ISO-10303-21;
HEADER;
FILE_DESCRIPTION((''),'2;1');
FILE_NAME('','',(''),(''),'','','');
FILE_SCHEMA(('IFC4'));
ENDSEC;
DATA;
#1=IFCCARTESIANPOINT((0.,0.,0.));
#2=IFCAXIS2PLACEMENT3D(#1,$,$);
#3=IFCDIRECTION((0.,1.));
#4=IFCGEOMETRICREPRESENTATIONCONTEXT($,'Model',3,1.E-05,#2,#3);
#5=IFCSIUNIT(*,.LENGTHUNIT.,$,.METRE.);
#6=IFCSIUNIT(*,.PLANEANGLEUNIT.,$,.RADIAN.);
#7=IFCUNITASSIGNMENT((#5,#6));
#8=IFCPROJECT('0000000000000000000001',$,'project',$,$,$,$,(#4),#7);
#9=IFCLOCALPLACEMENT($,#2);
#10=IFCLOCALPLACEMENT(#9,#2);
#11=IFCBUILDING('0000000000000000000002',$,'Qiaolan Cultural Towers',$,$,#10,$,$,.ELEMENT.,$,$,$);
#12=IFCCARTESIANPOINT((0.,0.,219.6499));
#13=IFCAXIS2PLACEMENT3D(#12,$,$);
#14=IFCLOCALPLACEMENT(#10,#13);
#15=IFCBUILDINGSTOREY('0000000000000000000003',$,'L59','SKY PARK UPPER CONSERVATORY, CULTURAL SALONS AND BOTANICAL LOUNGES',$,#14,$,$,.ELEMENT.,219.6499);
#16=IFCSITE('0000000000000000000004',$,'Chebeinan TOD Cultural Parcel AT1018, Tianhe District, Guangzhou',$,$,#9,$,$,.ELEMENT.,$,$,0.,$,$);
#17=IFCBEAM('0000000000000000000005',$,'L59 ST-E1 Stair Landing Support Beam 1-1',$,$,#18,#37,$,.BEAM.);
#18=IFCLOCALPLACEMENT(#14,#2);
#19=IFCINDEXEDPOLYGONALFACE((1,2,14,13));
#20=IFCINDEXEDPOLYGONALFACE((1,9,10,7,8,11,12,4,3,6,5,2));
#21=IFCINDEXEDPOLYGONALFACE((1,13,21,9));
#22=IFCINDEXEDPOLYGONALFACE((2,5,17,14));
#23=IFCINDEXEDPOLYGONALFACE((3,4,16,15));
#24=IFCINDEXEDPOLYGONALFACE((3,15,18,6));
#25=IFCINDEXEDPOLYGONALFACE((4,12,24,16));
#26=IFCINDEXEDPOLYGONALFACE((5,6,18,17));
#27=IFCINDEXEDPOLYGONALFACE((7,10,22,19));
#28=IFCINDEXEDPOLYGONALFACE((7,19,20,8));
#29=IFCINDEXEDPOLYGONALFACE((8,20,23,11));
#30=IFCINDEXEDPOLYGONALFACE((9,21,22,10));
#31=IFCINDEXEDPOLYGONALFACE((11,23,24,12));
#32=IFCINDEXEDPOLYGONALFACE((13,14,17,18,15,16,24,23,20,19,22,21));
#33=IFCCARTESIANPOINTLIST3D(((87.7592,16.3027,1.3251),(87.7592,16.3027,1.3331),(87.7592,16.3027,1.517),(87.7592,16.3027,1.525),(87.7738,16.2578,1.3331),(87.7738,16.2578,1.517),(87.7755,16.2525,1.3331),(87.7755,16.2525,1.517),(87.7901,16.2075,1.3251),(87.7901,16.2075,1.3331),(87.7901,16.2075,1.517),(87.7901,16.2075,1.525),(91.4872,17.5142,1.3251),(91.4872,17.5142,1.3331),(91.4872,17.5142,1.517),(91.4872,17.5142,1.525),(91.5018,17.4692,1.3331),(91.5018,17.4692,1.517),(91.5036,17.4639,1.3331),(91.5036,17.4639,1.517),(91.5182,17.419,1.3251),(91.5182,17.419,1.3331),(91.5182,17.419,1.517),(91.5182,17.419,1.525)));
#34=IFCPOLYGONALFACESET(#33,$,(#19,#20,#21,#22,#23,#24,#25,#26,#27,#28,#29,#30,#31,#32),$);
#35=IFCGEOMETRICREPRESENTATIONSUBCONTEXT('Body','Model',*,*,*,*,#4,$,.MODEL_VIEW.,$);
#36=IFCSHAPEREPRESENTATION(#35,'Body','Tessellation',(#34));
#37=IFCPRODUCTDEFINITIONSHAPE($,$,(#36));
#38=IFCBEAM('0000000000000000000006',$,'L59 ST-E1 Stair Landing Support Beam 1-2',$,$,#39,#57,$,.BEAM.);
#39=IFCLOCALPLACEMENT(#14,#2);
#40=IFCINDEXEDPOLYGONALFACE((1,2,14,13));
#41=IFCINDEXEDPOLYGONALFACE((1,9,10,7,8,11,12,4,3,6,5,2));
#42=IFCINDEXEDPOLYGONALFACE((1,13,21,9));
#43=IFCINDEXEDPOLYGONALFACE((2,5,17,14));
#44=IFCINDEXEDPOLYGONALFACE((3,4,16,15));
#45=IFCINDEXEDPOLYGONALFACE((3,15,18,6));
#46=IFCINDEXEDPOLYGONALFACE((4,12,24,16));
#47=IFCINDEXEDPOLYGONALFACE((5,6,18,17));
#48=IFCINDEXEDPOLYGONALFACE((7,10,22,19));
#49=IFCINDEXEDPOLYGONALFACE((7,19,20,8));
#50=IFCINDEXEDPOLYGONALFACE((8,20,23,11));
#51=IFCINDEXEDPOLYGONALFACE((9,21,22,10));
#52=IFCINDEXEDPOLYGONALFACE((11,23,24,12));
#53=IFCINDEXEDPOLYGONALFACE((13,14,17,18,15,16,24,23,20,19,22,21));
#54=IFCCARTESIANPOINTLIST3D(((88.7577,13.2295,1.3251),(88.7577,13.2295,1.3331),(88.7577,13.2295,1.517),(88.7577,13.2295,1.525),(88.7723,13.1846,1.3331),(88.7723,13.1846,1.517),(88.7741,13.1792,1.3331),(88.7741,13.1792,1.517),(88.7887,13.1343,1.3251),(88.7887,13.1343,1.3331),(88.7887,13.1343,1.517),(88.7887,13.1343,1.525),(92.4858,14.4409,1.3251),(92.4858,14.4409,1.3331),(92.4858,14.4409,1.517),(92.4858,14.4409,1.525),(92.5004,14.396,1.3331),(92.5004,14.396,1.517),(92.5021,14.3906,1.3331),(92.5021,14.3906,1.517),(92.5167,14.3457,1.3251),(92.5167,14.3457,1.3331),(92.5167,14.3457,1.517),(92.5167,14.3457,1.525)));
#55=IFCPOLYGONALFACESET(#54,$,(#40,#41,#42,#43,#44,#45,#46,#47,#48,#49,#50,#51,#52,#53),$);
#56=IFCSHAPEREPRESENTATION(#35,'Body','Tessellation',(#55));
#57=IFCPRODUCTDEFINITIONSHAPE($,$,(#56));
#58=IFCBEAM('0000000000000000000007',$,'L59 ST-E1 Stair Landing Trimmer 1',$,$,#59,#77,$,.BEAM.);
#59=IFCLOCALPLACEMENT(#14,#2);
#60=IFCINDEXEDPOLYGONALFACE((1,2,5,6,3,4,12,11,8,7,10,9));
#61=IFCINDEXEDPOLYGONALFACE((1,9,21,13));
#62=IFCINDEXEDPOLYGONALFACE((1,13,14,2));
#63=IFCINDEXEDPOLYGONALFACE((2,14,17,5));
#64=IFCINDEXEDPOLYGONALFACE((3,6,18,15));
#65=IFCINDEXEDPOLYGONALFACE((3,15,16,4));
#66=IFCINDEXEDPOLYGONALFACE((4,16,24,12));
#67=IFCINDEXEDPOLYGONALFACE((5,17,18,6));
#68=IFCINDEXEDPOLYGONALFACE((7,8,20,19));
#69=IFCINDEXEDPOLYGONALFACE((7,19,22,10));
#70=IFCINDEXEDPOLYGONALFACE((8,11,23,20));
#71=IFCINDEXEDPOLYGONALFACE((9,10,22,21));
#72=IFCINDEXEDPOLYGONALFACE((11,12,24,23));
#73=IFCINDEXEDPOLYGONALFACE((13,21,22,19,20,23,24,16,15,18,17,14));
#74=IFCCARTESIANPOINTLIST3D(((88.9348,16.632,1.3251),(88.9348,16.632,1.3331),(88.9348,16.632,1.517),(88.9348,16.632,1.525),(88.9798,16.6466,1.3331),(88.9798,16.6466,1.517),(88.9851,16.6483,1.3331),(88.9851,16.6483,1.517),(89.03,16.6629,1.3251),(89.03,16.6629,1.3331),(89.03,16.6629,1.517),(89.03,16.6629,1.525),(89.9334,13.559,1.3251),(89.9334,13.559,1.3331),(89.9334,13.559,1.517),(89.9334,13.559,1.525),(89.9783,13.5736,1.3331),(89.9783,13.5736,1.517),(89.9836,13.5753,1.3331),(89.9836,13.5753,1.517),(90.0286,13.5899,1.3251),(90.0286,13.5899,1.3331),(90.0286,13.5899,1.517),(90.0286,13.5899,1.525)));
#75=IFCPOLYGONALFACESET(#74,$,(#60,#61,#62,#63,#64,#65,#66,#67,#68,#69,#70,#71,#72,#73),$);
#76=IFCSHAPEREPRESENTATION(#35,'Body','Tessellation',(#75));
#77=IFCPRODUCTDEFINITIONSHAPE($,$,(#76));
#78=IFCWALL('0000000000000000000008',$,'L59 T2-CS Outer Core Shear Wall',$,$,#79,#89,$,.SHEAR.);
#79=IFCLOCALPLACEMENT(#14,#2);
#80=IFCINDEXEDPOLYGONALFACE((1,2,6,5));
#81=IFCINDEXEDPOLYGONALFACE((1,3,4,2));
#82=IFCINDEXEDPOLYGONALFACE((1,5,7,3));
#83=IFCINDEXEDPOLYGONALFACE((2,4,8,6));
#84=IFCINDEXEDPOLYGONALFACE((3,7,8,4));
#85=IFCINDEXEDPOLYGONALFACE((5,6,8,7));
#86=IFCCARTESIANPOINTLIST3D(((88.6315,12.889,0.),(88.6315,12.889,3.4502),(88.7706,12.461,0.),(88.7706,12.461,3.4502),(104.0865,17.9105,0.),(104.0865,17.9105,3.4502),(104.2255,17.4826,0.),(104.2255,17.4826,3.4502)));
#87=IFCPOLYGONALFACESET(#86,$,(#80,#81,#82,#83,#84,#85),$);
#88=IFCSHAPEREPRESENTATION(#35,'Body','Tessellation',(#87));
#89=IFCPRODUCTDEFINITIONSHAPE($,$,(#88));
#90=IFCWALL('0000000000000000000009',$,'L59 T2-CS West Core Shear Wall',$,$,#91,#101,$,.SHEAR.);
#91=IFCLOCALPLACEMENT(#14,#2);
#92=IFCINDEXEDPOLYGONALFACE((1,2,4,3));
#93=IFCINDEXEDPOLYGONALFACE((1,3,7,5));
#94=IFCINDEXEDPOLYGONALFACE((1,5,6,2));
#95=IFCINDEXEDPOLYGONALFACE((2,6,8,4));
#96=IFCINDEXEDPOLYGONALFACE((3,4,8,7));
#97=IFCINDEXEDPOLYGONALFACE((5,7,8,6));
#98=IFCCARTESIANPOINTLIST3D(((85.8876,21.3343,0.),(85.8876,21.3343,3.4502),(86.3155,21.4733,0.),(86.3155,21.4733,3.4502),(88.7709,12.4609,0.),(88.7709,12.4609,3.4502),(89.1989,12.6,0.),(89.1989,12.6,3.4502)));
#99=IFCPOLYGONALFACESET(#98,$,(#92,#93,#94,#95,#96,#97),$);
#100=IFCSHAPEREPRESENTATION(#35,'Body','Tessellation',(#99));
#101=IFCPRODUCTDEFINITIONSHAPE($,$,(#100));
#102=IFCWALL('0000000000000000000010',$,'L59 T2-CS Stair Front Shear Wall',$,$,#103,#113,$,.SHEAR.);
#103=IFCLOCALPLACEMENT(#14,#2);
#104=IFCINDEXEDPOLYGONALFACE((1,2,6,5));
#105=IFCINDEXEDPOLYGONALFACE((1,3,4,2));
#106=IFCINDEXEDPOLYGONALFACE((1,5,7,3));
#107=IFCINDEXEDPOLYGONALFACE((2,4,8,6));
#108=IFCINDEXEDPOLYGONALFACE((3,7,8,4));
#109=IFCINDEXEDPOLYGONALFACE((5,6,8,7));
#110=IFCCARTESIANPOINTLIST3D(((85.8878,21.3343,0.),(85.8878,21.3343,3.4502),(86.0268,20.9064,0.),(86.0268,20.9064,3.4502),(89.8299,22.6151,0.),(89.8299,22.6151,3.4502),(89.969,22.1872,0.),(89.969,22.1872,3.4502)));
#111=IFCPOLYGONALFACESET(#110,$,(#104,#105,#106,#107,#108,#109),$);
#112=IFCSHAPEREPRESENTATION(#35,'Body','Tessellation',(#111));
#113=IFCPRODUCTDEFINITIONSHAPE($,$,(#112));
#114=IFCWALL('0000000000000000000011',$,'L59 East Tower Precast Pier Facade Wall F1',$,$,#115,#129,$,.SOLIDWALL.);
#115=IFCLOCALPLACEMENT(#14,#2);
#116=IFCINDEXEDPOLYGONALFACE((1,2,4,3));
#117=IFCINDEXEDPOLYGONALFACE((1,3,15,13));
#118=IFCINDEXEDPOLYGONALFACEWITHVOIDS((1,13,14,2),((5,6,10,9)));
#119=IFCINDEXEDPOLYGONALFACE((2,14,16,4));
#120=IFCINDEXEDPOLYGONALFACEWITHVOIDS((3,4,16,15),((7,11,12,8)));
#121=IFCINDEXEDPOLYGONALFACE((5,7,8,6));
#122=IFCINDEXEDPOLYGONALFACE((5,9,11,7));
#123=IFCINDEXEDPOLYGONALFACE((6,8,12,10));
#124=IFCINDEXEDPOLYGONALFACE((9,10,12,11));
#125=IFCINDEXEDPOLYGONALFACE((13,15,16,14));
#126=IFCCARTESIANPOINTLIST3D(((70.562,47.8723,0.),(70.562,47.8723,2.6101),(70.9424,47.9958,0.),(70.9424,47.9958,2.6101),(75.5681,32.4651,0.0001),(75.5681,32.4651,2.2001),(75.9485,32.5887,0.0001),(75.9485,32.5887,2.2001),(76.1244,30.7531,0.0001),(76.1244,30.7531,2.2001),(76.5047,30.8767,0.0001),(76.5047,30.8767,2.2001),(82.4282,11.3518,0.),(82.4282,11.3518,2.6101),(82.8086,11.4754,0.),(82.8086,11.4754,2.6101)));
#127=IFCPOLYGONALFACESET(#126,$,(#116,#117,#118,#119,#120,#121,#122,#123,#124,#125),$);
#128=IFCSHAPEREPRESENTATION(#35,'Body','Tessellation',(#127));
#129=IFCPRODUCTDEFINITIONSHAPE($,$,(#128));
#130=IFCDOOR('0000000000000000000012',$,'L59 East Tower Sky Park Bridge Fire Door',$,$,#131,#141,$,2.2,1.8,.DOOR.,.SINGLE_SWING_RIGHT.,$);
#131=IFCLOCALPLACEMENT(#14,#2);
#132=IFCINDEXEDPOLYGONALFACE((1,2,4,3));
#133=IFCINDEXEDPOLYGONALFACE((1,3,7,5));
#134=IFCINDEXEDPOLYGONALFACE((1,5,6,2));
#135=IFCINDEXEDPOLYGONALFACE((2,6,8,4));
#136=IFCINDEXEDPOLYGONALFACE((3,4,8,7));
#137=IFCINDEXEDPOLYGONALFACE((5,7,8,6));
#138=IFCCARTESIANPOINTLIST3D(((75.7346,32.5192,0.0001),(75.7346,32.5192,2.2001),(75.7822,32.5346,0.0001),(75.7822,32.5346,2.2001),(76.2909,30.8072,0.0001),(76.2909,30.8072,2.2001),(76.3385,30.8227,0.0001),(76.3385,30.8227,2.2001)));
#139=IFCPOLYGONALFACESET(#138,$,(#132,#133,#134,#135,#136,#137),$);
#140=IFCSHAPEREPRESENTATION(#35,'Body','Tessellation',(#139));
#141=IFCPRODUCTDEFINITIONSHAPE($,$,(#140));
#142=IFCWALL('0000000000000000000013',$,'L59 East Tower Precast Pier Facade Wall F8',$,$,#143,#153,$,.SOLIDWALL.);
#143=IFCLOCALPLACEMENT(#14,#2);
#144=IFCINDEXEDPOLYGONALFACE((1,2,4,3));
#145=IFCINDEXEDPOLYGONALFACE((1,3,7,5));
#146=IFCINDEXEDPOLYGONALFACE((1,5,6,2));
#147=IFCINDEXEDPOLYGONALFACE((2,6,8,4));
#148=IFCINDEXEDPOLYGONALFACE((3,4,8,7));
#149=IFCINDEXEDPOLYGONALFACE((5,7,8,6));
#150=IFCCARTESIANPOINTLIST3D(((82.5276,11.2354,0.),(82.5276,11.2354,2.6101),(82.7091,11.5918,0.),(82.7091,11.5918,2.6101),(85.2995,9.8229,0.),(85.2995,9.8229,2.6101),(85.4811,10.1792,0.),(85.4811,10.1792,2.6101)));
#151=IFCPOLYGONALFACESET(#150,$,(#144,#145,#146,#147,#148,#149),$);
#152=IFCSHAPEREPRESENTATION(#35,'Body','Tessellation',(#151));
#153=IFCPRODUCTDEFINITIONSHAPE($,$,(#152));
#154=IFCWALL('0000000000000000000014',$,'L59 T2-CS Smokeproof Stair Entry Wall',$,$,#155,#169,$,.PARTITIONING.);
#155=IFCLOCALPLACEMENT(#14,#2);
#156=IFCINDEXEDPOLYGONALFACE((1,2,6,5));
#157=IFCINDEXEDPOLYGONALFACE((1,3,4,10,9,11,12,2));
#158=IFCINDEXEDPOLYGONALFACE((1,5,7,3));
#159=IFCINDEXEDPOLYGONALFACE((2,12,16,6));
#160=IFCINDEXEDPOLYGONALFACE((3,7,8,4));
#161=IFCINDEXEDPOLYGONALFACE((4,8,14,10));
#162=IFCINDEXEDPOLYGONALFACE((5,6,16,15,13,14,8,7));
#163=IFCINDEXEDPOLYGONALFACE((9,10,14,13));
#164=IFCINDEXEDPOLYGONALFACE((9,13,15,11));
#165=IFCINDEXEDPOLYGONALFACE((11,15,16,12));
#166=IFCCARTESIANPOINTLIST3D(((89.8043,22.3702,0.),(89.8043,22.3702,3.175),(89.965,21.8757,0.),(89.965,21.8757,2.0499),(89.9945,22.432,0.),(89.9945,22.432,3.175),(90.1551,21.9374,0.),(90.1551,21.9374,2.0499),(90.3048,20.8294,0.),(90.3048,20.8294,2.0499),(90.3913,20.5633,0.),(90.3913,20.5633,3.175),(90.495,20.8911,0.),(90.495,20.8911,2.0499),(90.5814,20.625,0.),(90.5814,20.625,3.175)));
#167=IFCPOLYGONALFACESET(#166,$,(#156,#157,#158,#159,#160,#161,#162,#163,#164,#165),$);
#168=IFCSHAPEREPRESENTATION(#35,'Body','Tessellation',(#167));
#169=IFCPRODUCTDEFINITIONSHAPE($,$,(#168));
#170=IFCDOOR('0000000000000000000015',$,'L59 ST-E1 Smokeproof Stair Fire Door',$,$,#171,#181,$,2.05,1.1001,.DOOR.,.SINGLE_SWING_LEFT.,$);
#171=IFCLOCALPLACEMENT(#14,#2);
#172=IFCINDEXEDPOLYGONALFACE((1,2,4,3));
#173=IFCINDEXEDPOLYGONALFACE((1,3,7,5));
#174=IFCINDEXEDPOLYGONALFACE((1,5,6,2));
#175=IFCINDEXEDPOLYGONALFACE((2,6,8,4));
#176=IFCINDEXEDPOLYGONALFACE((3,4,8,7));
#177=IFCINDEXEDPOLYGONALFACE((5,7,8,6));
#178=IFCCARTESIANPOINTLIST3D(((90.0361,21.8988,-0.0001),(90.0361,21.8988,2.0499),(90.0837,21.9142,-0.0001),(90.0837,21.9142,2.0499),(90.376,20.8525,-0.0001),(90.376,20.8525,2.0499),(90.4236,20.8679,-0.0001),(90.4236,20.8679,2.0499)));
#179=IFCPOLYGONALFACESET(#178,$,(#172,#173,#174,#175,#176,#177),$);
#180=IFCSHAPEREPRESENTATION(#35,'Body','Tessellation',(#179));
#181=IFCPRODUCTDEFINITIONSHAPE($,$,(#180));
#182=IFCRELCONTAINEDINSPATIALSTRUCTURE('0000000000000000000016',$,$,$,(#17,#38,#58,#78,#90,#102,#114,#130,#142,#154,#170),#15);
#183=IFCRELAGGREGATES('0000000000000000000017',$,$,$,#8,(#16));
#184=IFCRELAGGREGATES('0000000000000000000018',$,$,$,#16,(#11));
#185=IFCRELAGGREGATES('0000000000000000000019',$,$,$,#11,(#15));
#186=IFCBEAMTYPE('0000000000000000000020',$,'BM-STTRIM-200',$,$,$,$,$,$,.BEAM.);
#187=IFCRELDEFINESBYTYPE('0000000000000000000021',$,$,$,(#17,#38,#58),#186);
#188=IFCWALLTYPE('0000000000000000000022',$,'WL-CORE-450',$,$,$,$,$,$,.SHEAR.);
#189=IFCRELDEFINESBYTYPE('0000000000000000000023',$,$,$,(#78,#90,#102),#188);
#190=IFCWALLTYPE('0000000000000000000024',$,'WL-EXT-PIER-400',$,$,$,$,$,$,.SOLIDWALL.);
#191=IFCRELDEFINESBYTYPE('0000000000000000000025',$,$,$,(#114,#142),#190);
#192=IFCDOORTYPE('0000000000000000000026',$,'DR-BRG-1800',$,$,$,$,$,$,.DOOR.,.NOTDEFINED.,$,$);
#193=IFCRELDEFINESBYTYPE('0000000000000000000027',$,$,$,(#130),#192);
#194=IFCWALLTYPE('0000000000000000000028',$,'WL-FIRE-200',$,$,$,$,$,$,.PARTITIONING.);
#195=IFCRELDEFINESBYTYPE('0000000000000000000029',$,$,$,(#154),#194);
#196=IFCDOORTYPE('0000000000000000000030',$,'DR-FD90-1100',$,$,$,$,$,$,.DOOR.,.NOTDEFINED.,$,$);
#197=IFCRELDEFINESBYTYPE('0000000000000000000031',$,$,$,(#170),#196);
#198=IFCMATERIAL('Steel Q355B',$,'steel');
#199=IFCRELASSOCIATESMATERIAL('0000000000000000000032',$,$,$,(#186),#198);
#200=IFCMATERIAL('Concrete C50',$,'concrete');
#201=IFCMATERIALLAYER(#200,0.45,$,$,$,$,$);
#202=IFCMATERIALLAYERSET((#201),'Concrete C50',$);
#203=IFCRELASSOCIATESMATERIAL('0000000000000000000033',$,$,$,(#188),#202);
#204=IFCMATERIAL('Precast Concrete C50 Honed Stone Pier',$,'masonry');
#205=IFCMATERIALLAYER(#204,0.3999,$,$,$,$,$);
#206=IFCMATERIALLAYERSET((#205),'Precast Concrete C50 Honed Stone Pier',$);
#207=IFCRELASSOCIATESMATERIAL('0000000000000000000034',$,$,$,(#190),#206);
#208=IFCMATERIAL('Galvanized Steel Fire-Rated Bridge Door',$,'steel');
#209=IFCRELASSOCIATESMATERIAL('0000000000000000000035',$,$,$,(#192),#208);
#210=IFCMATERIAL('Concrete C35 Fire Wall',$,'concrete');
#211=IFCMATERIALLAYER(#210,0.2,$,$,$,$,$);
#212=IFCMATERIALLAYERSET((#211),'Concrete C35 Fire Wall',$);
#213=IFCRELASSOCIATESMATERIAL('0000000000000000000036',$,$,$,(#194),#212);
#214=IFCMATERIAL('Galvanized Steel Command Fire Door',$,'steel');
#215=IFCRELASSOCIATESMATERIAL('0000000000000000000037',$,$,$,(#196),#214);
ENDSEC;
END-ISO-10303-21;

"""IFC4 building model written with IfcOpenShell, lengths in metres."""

from ifc_helpers import new_model, si_unit, direction, frame, frame_2d, origin, origin_2d, place, context, subcontext, project, spatial, rectangle, i_section, extrude, material, layer, layer_set, material_profile, profile_set, type_object, element, fill, save


model = new_model("IFC4")

# Units and contexts
model_context = context("Model", 3, precision=1e-05, world=origin(), true_north=direction((0.0, 1.0)))
body_context = subcontext(model_context, "Body", "Model", "MODEL_VIEW")
ifc_project = project(units=[si_unit("LENGTHUNIT", "METRE"), si_unit("PLANEANGLEUNIT", "RADIAN")], contexts=[model_context])

# Site, building, storey
site_placement = place(None, origin())
site = spatial("IfcSite", under=ifc_project, at=site_placement, Name="Chebeinan TOD Cultural Parcel AT1018, Tianhe District, Guangzhou", CompositionType="ELEMENT", RefElevation=0.0)
building_placement = place(site_placement, origin())
building = spatial("IfcBuilding", under=site, at=building_placement, Name="Qiaolan Cultural Towers", CompositionType="ELEMENT")
storey_placement = place(building_placement, frame((0.0, 0.0, 219.6499)))
storey = spatial("IfcBuildingStorey", under=building, at=storey_placement, Name="L59", Description="SKY PARK UPPER CONSERVATORY, CULTURAL SALONS AND BOTANICAL LOUNGES", CompositionType="ELEMENT", Elevation=219.6499)

# Beams
ifc_material_1 = material(Name="Steel Q355B", Category="steel")
ifc_material_profile_1 = material_profile(ifc_material_1, i_section(OverallWidth=0.1001, OverallDepth=0.2, WebThickness=0.0056, FlangeThickness=0.0081, at=origin_2d()), Name="HN200x100x5.5x8")
ifc_profile_set_1 = profile_set([ifc_material_profile_1], Name="Steel Q355B")
beam_type_1 = type_object("IfcBeamType", Name="BM-STTRIM-200", PredefinedType="BEAM", material=ifc_profile_set_1)
for number, where, z_axis, x_axis, name in (
    (1, (87.7747, 16.2551, 1.425), (0.951048, 0.309044, 0.0), (-0.309044, 0.951048, 0.0), "L59 ST-E1 Stair Landing Support Beam 1-1"),
    (2, (88.7732, 13.1819, 1.425), (0.951048, 0.309044, 0.0), (-0.309044, 0.951048, 0.0), "L59 ST-E1 Stair Landing Support Beam 1-2"),
):
    element("IfcBeam", number, at=place(storey_placement, frame(where, z_axis=z_axis, x_axis=x_axis)), inside=storey, type_object=beam_type_1, Name=name, PredefinedType="BEAM", context=body_context, shape_type="SweptSolid", body=[
        extrude(i_section(OverallWidth=0.1001, OverallDepth=0.2, WebThickness=0.0056, FlangeThickness=0.0081, at=origin_2d()), origin(), (0.0, 0.0, 1.0), 3.9199),
    ])
beam_1_placement = place(storey_placement, frame((88.9824, 16.6475, 1.425), z_axis=(0.309033, -0.951051, 0.0), x_axis=(0.951051, 0.309033, 0.0)))
element("IfcBeam", 3, at=beam_1_placement, inside=storey, type_object=beam_type_1, Name="L59 ST-E1 Stair Landing Trimmer 1", PredefinedType="BEAM", context=body_context, shape_type="SweptSolid", body=[
    extrude(i_section(OverallWidth=0.1001, OverallDepth=0.2, WebThickness=0.0056, FlangeThickness=0.0081, at=origin_2d()), origin(), (0.0, 0.0, 1.0), 3.2312),
])

# Walls
ifc_material_2 = material(Name="Concrete C50", Category="concrete")
ifc_layer_1 = layer(ifc_material_2, 0.45)
ifc_layer_set_1 = layer_set([ifc_layer_1], Name="Concrete C50")
wall_type_1 = type_object("IfcWallType", Name="WL-CORE-450", PredefinedType="SHEAR", material=ifc_layer_set_1)
wall_1_placement = place(storey_placement, frame((88.7012, 12.675, 0.0), z_axis=(0.0, 0.0, 1.0), x_axis=(0.951058, 0.309012, 0.0)))
element("IfcWall", 4, at=wall_1_placement, inside=storey, type_object=wall_type_1, Name="L59 T2-CS Outer Core Shear Wall", PredefinedType="SHEAR", context=body_context, shape_type="SweptSolid", body=[
    extrude(rectangle(XDim=16.2502, YDim=0.45, at=frame_2d((8.125, 0.0))), origin(), (0.0, 0.0, 1.0), 3.4502),
])
wall_2_placement = place(storey_placement, frame((86.1016, 21.4038, 0.0), z_axis=(0.0, 0.0, 1.0), x_axis=(0.309036, -0.95105, 0.0)))
element("IfcWall", 5, at=wall_2_placement, inside=storey, type_object=wall_type_1, Name="L59 T2-CS West Core Shear Wall", PredefinedType="SHEAR", context=body_context, shape_type="SweptSolid", body=[
    extrude(rectangle(XDim=9.3301, YDim=0.45, at=frame_2d((4.665, 0.0))), origin(), (0.0, 0.0, 1.0), 3.4502),
])
wall_3_placement = place(storey_placement, frame((85.9573, 21.1204, 0.0), z_axis=(0.0, 0.0, 1.0), x_axis=(0.951065, 0.308992, 0.0)))
element("IfcWall", 6, at=wall_3_placement, inside=storey, type_object=wall_type_1, Name="L59 T2-CS Stair Front Shear Wall", PredefinedType="SHEAR", context=body_context, shape_type="SweptSolid", body=[
    extrude(rectangle(XDim=4.145, YDim=0.45, at=frame_2d((2.0725, 0.0))), origin(), (0.0, 0.0, 1.0), 3.4502),
])

# Wall, opening, door
ifc_material_3 = material(Name="Precast Concrete C50 Honed Stone Pier", Category="masonry")
ifc_layer_2 = layer(ifc_material_3, 0.3999)
ifc_layer_set_2 = layer_set([ifc_layer_2], Name="Precast Concrete C50 Honed Stone Pier")
wall_type_2 = type_object("IfcWallType", Name="WL-EXT-PIER-400", PredefinedType="SOLIDWALL", material=ifc_layer_set_2)
wall_4_placement = place(storey_placement, frame((82.6184, 11.4136, 0.0), z_axis=(0.0, 0.0, 1.0), x_axis=(-0.309016, 0.951057, 0.0)))
wall_4 = element("IfcWall", 7, at=wall_4_placement, inside=storey, type_object=wall_type_2, Name="L59 East Tower Precast Pier Facade Wall F1", PredefinedType="SOLIDWALL", context=body_context, shape_type="SweptSolid", body=[
    extrude(rectangle(XDim=38.3999, YDim=0.3999, at=frame_2d((19.2, 0.0))), origin(), (0.0, 0.0, 1.0), 2.6101),
])
opening_1_placement = place(wall_4_placement, frame((20.3999, 0.0, 0.0)))
opening_1 = element("IfcOpeningElement", 8, at=opening_1_placement, cuts=wall_4, PredefinedType="OPENING", context=body_context, shape_type="SweptSolid", body=[
    extrude(rectangle(XDim=1.8, YDim=2.2, at=frame_2d((0.8999, 1.1001))), frame((0.0, 0.21, 0.0), z_axis=(0.0, -1.0, 0.0), x_axis=(1.0, 0.0, 0.0)), (0.0, 0.0, 1.0), 0.4199),
])
ifc_material_4 = material(Name="Galvanized Steel Fire-Rated Bridge Door", Category="steel")
door_type_1 = type_object("IfcDoorType", Name="DR-BRG-1800", OperationType="NOTDEFINED", PredefinedType="DOOR", material=ifc_material_4)
door_1_placement = place(opening_1_placement, origin())
door_1 = element("IfcDoor", 9, at=door_1_placement, inside=storey, type_object=door_type_1, Name="L59 East Tower Sky Park Bridge Fire Door", OperationType="SINGLE_SWING_RIGHT", OverallHeight=2.2, OverallWidth=1.8, PredefinedType="DOOR", context=body_context, shape_type="SweptSolid", body=[
    extrude(rectangle(XDim=1.8, YDim=2.2, at=frame_2d((0.8999, 1.1001))), frame((0.0, 0.0249, 0.0), z_axis=(0.0, -1.0, 0.0), x_axis=(1.0, 0.0, 0.0)), (0.0, 0.0, 1.0), 0.05),
])
fill(opening_1, door_1)

# Wall
wall_5_placement = place(storey_placement, frame((85.3904, 10.001, 0.0), z_axis=(0.0, 0.0, 1.0), x_axis=(-0.89098, 0.454043, 0.0)))
element("IfcWall", 10, at=wall_5_placement, inside=storey, type_object=wall_type_2, Name="L59 East Tower Precast Pier Facade Wall F8", PredefinedType="SOLIDWALL", context=body_context, shape_type="SweptSolid", body=[
    extrude(rectangle(XDim=3.1111, YDim=0.3999, at=frame_2d((1.5557, 0.0))), origin(), (0.0, 0.0, 1.0), 2.6101),
])

# Wall, opening, door
ifc_material_5 = material(Name="Concrete C35 Fire Wall", Category="concrete")
ifc_layer_3 = layer(ifc_material_5, 0.2)
ifc_layer_set_3 = layer_set([ifc_layer_3], Name="Concrete C35 Fire Wall")
wall_type_3 = type_object("IfcWallType", Name="WL-FIRE-200", PredefinedType="PARTITIONING", material=ifc_layer_set_3)
wall_6_placement = place(storey_placement, frame((89.8994, 22.4011, 0.0), z_axis=(0.0, 0.0, 1.0), x_axis=(0.308932, -0.951084, 0.0)))
wall_6 = element("IfcWall", 11, at=wall_6_placement, inside=storey, type_object=wall_type_3, Name="L59 T2-CS Smokeproof Stair Entry Wall", PredefinedType="PARTITIONING", context=body_context, shape_type="SweptSolid", body=[
    extrude(rectangle(XDim=1.8999, YDim=0.2, at=frame_2d((0.95, 0.0))), origin(), (0.0, 0.0, 1.0), 3.175),
])
opening_2_placement = place(wall_6_placement, frame((0.52, 0.0, 0.0)))
opening_2 = element("IfcOpeningElement", 12, at=opening_2_placement, cuts=wall_6, PredefinedType="OPENING", context=body_context, shape_type="SweptSolid", body=[
    extrude(rectangle(XDim=1.1001, YDim=2.05, at=frame_2d((0.55, 1.0249))), frame((0.0, 0.1099, 0.0), z_axis=(0.0, -1.0, 0.0), x_axis=(1.0, 0.0, 0.0)), (0.0, 0.0, 1.0), 0.22),
])
ifc_material_6 = material(Name="Galvanized Steel Command Fire Door", Category="steel")
door_type_2 = type_object("IfcDoorType", Name="DR-FD90-1100", OperationType="NOTDEFINED", PredefinedType="DOOR", material=ifc_material_6)
door_2_placement = place(opening_2_placement, origin())
door_2 = element("IfcDoor", 13, at=door_2_placement, inside=storey, type_object=door_type_2, Name="L59 ST-E1 Smokeproof Stair Fire Door", OperationType="SINGLE_SWING_LEFT", OverallHeight=2.05, OverallWidth=1.1001, PredefinedType="DOOR", context=body_context, shape_type="SweptSolid", body=[
    extrude(rectangle(XDim=1.1001, YDim=2.05, at=frame_2d((0.55, 1.0249))), frame((0.0, 0.0249, 0.0), z_axis=(0.0, -1.0, 0.0), x_axis=(1.0, 0.0, 0.0)), (0.0, 0.0, 1.0), 0.05),
])
fill(opening_2, door_2)

save(model, "model.ifc")
